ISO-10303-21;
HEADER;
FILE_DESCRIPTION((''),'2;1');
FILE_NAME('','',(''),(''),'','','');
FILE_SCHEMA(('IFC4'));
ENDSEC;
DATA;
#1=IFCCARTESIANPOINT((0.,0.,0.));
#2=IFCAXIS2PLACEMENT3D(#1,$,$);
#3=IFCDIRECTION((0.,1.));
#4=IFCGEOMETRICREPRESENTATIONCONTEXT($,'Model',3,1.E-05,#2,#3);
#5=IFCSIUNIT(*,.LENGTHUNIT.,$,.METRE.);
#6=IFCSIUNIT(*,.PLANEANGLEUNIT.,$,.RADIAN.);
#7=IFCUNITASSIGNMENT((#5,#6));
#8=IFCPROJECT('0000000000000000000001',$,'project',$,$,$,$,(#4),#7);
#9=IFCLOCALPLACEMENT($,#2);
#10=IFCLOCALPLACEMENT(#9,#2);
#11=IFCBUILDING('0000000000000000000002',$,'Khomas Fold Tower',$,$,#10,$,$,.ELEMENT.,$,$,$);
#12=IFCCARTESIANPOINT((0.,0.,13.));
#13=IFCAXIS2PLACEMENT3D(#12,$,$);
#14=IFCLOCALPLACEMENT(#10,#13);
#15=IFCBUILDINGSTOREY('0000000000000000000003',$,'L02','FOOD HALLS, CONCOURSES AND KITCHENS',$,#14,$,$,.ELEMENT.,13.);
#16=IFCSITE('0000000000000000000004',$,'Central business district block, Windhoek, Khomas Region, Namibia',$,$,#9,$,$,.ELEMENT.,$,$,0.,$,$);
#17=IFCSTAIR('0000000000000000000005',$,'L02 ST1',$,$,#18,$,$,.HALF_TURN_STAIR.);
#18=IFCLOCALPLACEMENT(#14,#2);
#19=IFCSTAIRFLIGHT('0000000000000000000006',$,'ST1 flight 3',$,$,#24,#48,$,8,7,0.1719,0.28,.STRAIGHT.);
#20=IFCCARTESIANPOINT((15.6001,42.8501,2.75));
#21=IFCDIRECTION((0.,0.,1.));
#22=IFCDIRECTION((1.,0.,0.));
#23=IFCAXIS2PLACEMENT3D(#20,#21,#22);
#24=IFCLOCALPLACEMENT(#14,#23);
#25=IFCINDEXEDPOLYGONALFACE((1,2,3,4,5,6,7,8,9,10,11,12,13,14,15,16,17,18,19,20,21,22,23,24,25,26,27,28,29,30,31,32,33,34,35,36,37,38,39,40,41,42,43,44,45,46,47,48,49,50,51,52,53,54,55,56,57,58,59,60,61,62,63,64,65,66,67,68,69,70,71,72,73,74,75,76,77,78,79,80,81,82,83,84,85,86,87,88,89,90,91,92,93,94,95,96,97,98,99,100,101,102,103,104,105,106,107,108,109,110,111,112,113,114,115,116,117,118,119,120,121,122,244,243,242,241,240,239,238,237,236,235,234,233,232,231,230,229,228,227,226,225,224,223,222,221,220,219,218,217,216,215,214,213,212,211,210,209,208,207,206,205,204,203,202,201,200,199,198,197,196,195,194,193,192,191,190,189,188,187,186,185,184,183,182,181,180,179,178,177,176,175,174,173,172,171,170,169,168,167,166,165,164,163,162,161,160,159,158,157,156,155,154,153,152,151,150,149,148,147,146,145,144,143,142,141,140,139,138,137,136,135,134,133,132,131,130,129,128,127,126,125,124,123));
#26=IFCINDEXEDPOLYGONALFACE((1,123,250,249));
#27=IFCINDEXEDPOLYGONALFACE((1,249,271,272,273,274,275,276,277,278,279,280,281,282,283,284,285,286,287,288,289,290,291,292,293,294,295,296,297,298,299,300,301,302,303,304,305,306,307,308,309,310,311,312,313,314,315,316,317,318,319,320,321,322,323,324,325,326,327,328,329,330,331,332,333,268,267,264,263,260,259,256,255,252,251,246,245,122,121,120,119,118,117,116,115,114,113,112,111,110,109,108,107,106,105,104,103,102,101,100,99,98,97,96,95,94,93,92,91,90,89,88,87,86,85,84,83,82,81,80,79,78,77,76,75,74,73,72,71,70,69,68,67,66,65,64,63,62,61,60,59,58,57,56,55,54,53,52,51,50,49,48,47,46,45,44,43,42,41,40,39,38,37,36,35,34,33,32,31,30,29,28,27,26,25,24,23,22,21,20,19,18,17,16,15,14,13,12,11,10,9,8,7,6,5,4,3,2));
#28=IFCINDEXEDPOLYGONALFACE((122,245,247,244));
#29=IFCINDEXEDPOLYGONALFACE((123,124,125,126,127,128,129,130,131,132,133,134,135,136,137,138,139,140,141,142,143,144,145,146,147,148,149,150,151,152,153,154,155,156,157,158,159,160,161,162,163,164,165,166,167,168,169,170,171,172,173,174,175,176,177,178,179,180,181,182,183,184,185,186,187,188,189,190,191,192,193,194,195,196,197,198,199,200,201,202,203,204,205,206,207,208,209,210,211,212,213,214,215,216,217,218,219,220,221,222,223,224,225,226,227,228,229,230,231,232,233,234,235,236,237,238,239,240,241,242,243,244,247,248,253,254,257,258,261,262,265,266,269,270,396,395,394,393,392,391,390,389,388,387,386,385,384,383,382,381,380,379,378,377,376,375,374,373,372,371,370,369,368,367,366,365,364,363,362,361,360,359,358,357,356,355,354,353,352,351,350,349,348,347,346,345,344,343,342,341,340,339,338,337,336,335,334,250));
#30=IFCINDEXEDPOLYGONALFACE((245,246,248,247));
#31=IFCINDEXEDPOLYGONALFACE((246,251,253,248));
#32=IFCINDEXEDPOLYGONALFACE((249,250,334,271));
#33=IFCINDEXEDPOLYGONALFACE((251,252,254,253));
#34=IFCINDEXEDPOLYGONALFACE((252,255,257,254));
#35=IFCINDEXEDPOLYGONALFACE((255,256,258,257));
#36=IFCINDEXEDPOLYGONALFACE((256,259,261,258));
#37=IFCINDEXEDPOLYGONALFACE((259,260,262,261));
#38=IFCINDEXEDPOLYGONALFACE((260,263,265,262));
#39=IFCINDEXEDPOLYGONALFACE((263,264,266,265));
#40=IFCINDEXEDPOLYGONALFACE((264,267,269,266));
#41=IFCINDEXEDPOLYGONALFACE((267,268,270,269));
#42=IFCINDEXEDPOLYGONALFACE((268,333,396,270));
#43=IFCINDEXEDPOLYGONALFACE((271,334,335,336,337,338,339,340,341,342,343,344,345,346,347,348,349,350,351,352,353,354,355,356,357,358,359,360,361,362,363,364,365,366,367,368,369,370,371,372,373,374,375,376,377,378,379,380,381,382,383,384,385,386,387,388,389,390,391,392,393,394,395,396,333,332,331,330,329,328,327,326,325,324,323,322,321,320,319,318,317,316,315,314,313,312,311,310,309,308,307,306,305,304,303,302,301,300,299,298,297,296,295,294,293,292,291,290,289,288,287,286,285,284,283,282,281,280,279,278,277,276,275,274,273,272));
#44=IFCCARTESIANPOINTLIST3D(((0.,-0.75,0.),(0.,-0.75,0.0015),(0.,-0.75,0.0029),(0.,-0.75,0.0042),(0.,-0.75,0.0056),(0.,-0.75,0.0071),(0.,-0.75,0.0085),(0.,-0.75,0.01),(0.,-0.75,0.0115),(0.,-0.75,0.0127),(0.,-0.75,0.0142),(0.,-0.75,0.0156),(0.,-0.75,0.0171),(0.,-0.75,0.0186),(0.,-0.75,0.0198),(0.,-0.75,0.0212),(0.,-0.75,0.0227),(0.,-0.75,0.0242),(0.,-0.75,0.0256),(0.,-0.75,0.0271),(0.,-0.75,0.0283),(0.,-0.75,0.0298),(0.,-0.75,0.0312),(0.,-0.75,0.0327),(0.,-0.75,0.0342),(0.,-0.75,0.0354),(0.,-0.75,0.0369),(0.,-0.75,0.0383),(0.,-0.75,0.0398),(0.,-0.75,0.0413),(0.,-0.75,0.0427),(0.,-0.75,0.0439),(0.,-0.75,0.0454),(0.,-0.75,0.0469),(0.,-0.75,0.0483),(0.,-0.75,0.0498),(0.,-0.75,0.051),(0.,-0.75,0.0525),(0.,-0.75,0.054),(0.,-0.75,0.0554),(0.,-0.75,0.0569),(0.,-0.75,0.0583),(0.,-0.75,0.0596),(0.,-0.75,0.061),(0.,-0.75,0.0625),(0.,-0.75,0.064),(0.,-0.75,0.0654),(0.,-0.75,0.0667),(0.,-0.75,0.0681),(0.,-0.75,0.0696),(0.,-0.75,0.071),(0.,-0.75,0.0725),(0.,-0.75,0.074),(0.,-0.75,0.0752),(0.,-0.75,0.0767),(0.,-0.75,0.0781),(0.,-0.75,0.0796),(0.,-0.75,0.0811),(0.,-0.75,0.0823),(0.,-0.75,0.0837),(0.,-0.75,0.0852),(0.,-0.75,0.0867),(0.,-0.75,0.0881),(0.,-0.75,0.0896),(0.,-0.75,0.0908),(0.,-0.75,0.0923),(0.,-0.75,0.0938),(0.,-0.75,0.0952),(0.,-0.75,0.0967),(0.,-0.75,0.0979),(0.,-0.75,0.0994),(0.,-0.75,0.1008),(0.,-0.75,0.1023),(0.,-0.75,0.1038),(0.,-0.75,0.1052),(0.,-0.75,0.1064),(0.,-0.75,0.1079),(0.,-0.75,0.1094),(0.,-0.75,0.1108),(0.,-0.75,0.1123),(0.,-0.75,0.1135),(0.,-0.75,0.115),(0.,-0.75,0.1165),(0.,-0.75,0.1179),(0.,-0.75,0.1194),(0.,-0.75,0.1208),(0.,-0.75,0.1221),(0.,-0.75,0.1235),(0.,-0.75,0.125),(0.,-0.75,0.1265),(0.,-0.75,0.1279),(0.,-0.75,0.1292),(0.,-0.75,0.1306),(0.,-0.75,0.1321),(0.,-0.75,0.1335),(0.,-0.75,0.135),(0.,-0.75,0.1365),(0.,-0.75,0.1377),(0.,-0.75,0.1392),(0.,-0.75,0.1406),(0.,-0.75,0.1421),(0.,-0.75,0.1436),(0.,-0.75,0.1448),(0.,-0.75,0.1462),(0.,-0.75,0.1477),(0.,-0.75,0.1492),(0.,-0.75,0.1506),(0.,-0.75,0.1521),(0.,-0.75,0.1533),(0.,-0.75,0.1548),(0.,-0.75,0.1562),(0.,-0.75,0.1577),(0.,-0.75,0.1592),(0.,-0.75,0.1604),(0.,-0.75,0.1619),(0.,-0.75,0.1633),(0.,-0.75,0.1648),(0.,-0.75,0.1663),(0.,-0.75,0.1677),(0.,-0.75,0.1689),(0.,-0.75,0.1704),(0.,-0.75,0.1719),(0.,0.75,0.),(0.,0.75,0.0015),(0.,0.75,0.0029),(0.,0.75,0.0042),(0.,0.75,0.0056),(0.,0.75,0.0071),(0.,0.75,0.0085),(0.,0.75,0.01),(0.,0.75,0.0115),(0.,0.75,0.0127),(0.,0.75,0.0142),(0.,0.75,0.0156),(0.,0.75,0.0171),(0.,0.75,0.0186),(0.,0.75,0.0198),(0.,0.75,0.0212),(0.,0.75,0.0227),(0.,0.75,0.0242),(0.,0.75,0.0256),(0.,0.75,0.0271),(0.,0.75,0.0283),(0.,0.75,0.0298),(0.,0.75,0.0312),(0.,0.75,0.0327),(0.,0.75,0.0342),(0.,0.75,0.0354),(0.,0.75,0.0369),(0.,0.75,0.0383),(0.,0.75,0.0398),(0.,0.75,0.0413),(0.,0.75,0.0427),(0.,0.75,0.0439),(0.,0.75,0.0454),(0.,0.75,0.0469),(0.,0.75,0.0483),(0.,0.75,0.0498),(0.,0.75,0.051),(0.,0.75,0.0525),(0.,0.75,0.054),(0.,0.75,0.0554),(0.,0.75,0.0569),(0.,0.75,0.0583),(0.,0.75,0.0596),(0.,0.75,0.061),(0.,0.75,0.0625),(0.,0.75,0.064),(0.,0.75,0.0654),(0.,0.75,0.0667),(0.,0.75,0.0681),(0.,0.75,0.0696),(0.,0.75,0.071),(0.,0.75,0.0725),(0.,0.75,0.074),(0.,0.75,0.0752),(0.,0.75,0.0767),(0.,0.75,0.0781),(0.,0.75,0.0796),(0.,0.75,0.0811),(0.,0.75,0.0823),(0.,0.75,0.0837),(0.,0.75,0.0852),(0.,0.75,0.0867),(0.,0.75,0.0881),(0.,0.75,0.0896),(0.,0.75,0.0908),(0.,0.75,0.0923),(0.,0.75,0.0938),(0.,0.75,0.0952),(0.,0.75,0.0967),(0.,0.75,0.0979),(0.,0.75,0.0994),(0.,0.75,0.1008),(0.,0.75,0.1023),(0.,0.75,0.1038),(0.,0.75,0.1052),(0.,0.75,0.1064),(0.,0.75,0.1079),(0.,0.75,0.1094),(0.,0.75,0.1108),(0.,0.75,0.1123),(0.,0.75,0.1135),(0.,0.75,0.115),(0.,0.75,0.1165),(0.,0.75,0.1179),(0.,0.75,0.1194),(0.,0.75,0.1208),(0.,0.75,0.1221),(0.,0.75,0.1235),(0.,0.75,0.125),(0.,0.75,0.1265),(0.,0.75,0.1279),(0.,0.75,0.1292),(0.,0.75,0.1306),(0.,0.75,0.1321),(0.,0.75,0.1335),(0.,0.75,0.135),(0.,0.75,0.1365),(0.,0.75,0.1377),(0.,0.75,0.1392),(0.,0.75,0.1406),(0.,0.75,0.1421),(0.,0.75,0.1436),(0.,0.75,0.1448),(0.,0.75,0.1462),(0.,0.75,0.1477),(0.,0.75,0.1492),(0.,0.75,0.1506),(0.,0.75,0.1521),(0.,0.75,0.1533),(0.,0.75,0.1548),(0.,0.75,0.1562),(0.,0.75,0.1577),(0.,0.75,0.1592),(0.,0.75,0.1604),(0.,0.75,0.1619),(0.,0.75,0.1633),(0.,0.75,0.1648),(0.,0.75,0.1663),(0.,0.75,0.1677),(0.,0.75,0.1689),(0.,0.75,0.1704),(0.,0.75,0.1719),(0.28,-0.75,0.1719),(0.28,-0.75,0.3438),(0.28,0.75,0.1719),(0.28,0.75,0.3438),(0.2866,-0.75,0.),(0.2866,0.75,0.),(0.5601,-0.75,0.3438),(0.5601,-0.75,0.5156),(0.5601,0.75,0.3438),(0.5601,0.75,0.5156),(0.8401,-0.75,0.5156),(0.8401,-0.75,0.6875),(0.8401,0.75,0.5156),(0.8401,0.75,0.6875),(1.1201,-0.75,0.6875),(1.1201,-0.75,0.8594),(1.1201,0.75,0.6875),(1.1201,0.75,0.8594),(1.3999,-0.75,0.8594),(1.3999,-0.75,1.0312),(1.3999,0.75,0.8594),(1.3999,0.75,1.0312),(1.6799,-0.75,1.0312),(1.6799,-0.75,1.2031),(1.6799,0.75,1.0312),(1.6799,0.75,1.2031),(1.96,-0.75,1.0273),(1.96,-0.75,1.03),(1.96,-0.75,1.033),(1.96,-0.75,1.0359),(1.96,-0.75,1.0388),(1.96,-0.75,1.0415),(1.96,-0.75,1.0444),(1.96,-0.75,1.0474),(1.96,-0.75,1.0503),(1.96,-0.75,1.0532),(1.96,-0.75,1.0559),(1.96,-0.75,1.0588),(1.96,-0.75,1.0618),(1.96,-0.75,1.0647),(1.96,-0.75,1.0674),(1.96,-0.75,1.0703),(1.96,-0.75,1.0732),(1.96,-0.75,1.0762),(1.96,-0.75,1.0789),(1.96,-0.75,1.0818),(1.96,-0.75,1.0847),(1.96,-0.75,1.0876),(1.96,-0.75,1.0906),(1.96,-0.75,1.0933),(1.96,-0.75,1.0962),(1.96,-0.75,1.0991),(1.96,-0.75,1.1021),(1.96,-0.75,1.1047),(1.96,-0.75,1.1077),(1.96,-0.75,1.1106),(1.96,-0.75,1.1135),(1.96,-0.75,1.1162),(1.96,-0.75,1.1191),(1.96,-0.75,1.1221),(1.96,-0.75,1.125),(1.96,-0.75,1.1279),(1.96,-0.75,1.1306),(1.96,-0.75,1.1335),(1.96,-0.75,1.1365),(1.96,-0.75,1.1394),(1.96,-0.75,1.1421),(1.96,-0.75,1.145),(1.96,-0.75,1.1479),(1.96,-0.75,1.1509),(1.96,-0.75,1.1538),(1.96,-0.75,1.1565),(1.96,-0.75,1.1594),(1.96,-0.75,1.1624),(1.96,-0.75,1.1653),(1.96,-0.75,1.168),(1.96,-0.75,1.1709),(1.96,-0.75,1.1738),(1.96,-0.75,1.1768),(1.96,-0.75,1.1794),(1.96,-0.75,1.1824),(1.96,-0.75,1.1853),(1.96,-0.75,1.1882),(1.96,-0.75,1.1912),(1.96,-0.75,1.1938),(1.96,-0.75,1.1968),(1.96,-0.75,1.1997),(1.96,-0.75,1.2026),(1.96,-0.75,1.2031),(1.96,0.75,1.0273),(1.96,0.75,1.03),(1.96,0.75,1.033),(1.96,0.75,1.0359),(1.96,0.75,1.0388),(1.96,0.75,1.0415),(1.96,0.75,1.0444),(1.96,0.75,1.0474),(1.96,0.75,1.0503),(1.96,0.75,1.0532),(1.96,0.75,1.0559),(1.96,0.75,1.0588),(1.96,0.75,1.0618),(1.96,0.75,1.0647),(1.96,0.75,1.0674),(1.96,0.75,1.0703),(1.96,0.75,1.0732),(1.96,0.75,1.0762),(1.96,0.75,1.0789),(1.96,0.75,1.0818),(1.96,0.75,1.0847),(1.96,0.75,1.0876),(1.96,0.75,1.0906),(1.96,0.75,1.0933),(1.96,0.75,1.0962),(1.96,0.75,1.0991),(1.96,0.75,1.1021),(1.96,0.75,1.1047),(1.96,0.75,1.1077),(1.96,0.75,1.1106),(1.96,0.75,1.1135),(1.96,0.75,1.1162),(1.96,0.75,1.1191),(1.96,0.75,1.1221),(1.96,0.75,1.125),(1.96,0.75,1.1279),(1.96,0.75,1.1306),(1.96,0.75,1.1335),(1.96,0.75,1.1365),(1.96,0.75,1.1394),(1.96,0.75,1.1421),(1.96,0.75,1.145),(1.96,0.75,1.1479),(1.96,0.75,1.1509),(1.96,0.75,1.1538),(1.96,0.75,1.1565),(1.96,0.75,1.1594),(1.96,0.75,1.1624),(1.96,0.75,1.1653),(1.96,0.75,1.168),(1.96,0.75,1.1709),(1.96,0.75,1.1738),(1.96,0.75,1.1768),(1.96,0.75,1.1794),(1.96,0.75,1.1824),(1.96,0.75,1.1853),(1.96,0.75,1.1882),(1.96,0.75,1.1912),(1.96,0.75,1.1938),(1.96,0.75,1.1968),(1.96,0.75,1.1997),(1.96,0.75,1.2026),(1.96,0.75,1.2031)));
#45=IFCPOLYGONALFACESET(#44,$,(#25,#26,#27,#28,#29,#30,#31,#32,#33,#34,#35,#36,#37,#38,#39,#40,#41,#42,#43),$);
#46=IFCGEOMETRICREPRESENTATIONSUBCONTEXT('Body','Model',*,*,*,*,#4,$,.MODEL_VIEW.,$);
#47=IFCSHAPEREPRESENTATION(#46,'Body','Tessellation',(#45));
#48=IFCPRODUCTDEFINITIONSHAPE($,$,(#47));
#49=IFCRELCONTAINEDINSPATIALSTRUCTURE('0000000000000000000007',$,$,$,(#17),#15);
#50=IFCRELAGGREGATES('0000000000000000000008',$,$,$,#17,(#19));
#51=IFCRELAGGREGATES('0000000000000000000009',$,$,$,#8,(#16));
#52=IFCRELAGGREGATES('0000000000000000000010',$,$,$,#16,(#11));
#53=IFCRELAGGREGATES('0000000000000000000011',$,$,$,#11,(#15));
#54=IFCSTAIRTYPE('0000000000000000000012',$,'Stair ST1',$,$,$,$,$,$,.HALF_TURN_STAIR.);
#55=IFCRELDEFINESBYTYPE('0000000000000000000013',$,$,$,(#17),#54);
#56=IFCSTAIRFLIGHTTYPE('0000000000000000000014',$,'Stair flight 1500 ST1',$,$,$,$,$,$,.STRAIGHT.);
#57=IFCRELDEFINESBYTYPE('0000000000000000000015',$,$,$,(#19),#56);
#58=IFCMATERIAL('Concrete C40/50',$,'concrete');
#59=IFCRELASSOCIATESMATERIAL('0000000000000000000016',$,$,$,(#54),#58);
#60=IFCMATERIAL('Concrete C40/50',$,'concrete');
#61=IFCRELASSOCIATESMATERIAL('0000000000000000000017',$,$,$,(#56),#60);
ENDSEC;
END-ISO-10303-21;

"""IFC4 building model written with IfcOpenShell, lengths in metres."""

from ifc_helpers import new_model, si_unit, direction, frame, origin, place, context, subcontext, project, spatial, polyline, outline, extrude, source, transform, mapped, material, type_object, element, aggregate, save


model = new_model("IFC4")

# Units and contexts
model_context = context("Model", 3, precision=1e-05, world=origin(), true_north=direction((0.0, 1.0)))
body_context = subcontext(model_context, "Body", "Model", "MODEL_VIEW")
ifc_project = project(units=[si_unit("LENGTHUNIT", "METRE"), si_unit("PLANEANGLEUNIT", "RADIAN")], contexts=[model_context])

# Site, building, storey
site_placement = place(None, origin())
site = spatial("IfcSite", under=ifc_project, at=site_placement, Name="Central business district block, Windhoek, Khomas Region, Namibia", CompositionType="ELEMENT", RefElevation=0.0)
building_placement = place(site_placement, origin())
building = spatial("IfcBuilding", under=site, at=building_placement, Name="Khomas Fold Tower", CompositionType="ELEMENT")
storey_placement = place(building_placement, frame((0.0, 0.0, 13.0)))
storey = spatial("IfcBuildingStorey", under=building, at=storey_placement, Name="L02", Description="FOOD HALLS, CONCOURSES AND KITCHENS", CompositionType="ELEMENT", Elevation=13.0)

# Stair, stair flight
ifc_material_1 = material(Name="Concrete C40/50", Category="concrete")
stair_type = type_object("IfcStairType", Name="Stair ST1", PredefinedType="HALF_TURN_STAIR", material=ifc_material_1)
stair_placement = place(storey_placement, origin())
stair = element("IfcStair", 1, at=stair_placement, inside=storey, type_object=stair_type, Name="L02 ST1", PredefinedType="HALF_TURN_STAIR")
ifc_material_2 = material(Name="Concrete C40/50", Category="concrete")
stair_flight_type = type_object("IfcStairFlightType", Name="Stair flight 1500 ST1", PredefinedType="STRAIGHT", material=ifc_material_2)
shared_shape_1 = source(origin(), body_context, "Body", "SweptSolid", [
    extrude(outline(polyline([(0.0, 0.0), (0.0, 0.0015), (0.0, 0.0029), (0.0, 0.0042), (0.0, 0.0056), (0.0, 0.0071), (0.0, 0.0085), (0.0, 0.01), (0.0, 0.0115), (0.0, 0.0127), (0.0, 0.0142), (0.0, 0.0156), (0.0, 0.0171), (0.0, 0.0186), (0.0, 0.0198), (0.0, 0.0212), (0.0, 0.0227), (0.0, 0.0242), (0.0, 0.0256), (0.0, 0.0271), (0.0, 0.0283), (0.0, 0.0298), (0.0, 0.0312), (0.0, 0.0327), (0.0, 0.0342), (0.0, 0.0354), (0.0, 0.0369), (0.0, 0.0383), (0.0, 0.0398), (0.0, 0.0413), (0.0, 0.0427), (0.0, 0.0439), (0.0, 0.0454), (0.0, 0.0469), (0.0, 0.0483), (0.0, 0.0498), (0.0, 0.051), (0.0, 0.0525), (0.0, 0.054), (0.0, 0.0554), (0.0, 0.0569), (0.0, 0.0583), (0.0, 0.0596), (0.0, 0.061), (0.0, 0.0625), (0.0, 0.064), (0.0, 0.0654), (0.0, 0.0667), (0.0, 0.0681), (0.0, 0.0696), (0.0, 0.071), (0.0, 0.0725), (0.0, 0.074), (0.0, 0.0752), (0.0, 0.0767), (0.0, 0.0781), (0.0, 0.0796), (0.0, 0.0811), (0.0, 0.0823), (0.0, 0.0837), (0.0, 0.0852), (0.0, 0.0867), (0.0, 0.0881), (0.0, 0.0896), (0.0, 0.0908), (0.0, 0.0923), (0.0, 0.0938), (0.0, 0.0952), (0.0, 0.0967), (0.0, 0.0979), (0.0, 0.0994), (0.0, 0.1008), (0.0, 0.1023), (0.0, 0.1038), (0.0, 0.1052), (0.0, 0.1064), (0.0, 0.1079), (0.0, 0.1094), (0.0, 0.1108), (0.0, 0.1123), (0.0, 0.1135), (0.0, 0.115), (0.0, 0.1165), (0.0, 0.1179), (0.0, 0.1194), (0.0, 0.1208), (0.0, 0.1221), (0.0, 0.1235), (0.0, 0.125), (0.0, 0.1265), (0.0, 0.1279), (0.0, 0.1292), (0.0, 0.1306), (0.0, 0.1321), (0.0, 0.1335), (0.0, 0.135), (0.0, 0.1365), (0.0, 0.1377), (0.0, 0.1392), (0.0, 0.1406), (0.0, 0.1421), (0.0, 0.1436), (0.0, 0.1448), (0.0, 0.1462), (0.0, 0.1477), (0.0, 0.1492), (0.0, 0.1506), (0.0, 0.1521), (0.0, 0.1533), (0.0, 0.1548), (0.0, 0.1562), (0.0, 0.1577), (0.0, 0.1592), (0.0, 0.1604), (0.0, 0.1619), (0.0, 0.1633), (0.0, 0.1648), (0.0, 0.1663), (0.0, 0.1677), (0.0, 0.1689), (0.0, 0.1704), (0.0, 0.1719), (0.28, 0.1719), (0.28, 0.3438), (0.5601, 0.3438), (0.5601, 0.5156), (0.8401, 0.5156), (0.8401, 0.6875), (1.1201, 0.6875), (1.1201, 0.8594), (1.3999, 0.8594), (1.3999, 1.0312), (1.6799, 1.0312), (1.6799, 1.2031), (1.96, 1.2031), (1.96, 1.375), (1.96, 1.3721), (1.96, 1.3691), (1.96, 1.3665), (1.96, 1.3635), (1.96, 1.3606), (1.96, 1.3577), (1.96, 1.355), (1.96, 1.3521), (1.96, 1.3491), (1.96, 1.3462), (1.96, 1.3435), (1.96, 1.3406), (1.96, 1.3376), (1.96, 1.3347), (1.96, 1.3318), (1.96, 1.3291), (1.96, 1.3262), (1.96, 1.3232), (1.96, 1.3203), (1.96, 1.3176), (1.96, 1.3147), (1.96, 1.3118), (1.96, 1.3088), (1.96, 1.3059), (1.96, 1.3032), (1.96, 1.3003), (1.96, 1.2974), (1.96, 1.2944), (1.96, 1.2917), (1.96, 1.2888), (1.96, 1.2859), (1.96, 1.283), (1.96, 1.2803), (1.96, 1.2773), (1.96, 1.2744), (1.96, 1.2715), (1.96, 1.2686), (1.96, 1.2659), (1.96, 1.2629), (1.96, 1.26), (1.96, 1.2571), (1.96, 1.2544), (1.96, 1.2515), (1.96, 1.2485), (1.96, 1.2456), (1.96, 1.2427), (1.96, 1.24), (1.96, 1.2371), (1.96, 1.2341), (1.96, 1.2312), (1.96, 1.2285), (1.96, 1.2256), (1.96, 1.2227), (1.96, 1.2197), (1.96, 1.217), (1.96, 1.2141), (1.96, 1.2112), (1.96, 1.2083), (1.96, 1.2053), (1.96, 1.2026), (1.96, 1.1997), (1.96, 1.1968), (1.96, 1.1938), (1.96, 1.1912), (1.96, 1.1882), (1.96, 1.1853), (1.96, 1.1824), (1.96, 1.1794), (1.96, 1.1768), (1.96, 1.1738), (1.96, 1.1709), (1.96, 1.168), (1.96, 1.1653), (1.96, 1.1624), (1.96, 1.1594), (1.96, 1.1565), (1.96, 1.1538), (1.96, 1.1509), (1.96, 1.1479), (1.96, 1.145), (1.96, 1.1421), (1.96, 1.1394), (1.96, 1.1365), (1.96, 1.1335), (1.96, 1.1306), (1.96, 1.1279), (1.96, 1.125), (1.96, 1.1221), (1.96, 1.1191), (1.96, 1.1162), (1.96, 1.1135), (1.96, 1.1106), (1.96, 1.1077), (1.96, 1.1047), (1.96, 1.1021), (1.96, 1.0991), (1.96, 1.0962), (1.96, 1.0933), (1.96, 1.0906), (1.96, 1.0876), (1.96, 1.0847), (1.96, 1.0818), (1.96, 1.0789), (1.96, 1.0762), (1.96, 1.0732), (1.96, 1.0703), (1.96, 1.0674), (1.96, 1.0647), (1.96, 1.0618), (1.96, 1.0588), (1.96, 1.0559), (1.96, 1.0532), (1.96, 1.0503), (1.96, 1.0474), (1.96, 1.0444), (1.96, 1.0415), (1.96, 1.0388), (1.96, 1.0359), (1.96, 1.033), (1.96, 1.03), (1.96, 1.0273), (0.2866, 0.0), (0.0, 0.0)])), frame((0.0, 0.75, 0.0), z_axis=(0.0, -1.0, 0.0), x_axis=(1.0, 0.0, 0.0)), (0.0, 0.0, 1.0), 1.5),
])
stair_flight_1_placement = place(storey_placement, frame((15.6001, 42.8501, 2.75), z_axis=(0.0, 0.0, 1.0), x_axis=(1.0, 0.0, 0.0)))
stair_flight_1 = element("IfcStairFlight", 2, at=stair_flight_1_placement, type_object=stair_flight_type, Name="ST1 flight 3", NumberOfRisers=8, NumberOfTreads=7, PredefinedType="STRAIGHT", RiserHeight=0.1719, TreadLength=0.28, context=body_context, shape_type="MappedRepresentation", body=[
    mapped(shared_shape_1, transform((0.0, 0.0, 0.0))),
])
aggregate(stair, [stair_flight_1])

save(model, "model.ifc")
